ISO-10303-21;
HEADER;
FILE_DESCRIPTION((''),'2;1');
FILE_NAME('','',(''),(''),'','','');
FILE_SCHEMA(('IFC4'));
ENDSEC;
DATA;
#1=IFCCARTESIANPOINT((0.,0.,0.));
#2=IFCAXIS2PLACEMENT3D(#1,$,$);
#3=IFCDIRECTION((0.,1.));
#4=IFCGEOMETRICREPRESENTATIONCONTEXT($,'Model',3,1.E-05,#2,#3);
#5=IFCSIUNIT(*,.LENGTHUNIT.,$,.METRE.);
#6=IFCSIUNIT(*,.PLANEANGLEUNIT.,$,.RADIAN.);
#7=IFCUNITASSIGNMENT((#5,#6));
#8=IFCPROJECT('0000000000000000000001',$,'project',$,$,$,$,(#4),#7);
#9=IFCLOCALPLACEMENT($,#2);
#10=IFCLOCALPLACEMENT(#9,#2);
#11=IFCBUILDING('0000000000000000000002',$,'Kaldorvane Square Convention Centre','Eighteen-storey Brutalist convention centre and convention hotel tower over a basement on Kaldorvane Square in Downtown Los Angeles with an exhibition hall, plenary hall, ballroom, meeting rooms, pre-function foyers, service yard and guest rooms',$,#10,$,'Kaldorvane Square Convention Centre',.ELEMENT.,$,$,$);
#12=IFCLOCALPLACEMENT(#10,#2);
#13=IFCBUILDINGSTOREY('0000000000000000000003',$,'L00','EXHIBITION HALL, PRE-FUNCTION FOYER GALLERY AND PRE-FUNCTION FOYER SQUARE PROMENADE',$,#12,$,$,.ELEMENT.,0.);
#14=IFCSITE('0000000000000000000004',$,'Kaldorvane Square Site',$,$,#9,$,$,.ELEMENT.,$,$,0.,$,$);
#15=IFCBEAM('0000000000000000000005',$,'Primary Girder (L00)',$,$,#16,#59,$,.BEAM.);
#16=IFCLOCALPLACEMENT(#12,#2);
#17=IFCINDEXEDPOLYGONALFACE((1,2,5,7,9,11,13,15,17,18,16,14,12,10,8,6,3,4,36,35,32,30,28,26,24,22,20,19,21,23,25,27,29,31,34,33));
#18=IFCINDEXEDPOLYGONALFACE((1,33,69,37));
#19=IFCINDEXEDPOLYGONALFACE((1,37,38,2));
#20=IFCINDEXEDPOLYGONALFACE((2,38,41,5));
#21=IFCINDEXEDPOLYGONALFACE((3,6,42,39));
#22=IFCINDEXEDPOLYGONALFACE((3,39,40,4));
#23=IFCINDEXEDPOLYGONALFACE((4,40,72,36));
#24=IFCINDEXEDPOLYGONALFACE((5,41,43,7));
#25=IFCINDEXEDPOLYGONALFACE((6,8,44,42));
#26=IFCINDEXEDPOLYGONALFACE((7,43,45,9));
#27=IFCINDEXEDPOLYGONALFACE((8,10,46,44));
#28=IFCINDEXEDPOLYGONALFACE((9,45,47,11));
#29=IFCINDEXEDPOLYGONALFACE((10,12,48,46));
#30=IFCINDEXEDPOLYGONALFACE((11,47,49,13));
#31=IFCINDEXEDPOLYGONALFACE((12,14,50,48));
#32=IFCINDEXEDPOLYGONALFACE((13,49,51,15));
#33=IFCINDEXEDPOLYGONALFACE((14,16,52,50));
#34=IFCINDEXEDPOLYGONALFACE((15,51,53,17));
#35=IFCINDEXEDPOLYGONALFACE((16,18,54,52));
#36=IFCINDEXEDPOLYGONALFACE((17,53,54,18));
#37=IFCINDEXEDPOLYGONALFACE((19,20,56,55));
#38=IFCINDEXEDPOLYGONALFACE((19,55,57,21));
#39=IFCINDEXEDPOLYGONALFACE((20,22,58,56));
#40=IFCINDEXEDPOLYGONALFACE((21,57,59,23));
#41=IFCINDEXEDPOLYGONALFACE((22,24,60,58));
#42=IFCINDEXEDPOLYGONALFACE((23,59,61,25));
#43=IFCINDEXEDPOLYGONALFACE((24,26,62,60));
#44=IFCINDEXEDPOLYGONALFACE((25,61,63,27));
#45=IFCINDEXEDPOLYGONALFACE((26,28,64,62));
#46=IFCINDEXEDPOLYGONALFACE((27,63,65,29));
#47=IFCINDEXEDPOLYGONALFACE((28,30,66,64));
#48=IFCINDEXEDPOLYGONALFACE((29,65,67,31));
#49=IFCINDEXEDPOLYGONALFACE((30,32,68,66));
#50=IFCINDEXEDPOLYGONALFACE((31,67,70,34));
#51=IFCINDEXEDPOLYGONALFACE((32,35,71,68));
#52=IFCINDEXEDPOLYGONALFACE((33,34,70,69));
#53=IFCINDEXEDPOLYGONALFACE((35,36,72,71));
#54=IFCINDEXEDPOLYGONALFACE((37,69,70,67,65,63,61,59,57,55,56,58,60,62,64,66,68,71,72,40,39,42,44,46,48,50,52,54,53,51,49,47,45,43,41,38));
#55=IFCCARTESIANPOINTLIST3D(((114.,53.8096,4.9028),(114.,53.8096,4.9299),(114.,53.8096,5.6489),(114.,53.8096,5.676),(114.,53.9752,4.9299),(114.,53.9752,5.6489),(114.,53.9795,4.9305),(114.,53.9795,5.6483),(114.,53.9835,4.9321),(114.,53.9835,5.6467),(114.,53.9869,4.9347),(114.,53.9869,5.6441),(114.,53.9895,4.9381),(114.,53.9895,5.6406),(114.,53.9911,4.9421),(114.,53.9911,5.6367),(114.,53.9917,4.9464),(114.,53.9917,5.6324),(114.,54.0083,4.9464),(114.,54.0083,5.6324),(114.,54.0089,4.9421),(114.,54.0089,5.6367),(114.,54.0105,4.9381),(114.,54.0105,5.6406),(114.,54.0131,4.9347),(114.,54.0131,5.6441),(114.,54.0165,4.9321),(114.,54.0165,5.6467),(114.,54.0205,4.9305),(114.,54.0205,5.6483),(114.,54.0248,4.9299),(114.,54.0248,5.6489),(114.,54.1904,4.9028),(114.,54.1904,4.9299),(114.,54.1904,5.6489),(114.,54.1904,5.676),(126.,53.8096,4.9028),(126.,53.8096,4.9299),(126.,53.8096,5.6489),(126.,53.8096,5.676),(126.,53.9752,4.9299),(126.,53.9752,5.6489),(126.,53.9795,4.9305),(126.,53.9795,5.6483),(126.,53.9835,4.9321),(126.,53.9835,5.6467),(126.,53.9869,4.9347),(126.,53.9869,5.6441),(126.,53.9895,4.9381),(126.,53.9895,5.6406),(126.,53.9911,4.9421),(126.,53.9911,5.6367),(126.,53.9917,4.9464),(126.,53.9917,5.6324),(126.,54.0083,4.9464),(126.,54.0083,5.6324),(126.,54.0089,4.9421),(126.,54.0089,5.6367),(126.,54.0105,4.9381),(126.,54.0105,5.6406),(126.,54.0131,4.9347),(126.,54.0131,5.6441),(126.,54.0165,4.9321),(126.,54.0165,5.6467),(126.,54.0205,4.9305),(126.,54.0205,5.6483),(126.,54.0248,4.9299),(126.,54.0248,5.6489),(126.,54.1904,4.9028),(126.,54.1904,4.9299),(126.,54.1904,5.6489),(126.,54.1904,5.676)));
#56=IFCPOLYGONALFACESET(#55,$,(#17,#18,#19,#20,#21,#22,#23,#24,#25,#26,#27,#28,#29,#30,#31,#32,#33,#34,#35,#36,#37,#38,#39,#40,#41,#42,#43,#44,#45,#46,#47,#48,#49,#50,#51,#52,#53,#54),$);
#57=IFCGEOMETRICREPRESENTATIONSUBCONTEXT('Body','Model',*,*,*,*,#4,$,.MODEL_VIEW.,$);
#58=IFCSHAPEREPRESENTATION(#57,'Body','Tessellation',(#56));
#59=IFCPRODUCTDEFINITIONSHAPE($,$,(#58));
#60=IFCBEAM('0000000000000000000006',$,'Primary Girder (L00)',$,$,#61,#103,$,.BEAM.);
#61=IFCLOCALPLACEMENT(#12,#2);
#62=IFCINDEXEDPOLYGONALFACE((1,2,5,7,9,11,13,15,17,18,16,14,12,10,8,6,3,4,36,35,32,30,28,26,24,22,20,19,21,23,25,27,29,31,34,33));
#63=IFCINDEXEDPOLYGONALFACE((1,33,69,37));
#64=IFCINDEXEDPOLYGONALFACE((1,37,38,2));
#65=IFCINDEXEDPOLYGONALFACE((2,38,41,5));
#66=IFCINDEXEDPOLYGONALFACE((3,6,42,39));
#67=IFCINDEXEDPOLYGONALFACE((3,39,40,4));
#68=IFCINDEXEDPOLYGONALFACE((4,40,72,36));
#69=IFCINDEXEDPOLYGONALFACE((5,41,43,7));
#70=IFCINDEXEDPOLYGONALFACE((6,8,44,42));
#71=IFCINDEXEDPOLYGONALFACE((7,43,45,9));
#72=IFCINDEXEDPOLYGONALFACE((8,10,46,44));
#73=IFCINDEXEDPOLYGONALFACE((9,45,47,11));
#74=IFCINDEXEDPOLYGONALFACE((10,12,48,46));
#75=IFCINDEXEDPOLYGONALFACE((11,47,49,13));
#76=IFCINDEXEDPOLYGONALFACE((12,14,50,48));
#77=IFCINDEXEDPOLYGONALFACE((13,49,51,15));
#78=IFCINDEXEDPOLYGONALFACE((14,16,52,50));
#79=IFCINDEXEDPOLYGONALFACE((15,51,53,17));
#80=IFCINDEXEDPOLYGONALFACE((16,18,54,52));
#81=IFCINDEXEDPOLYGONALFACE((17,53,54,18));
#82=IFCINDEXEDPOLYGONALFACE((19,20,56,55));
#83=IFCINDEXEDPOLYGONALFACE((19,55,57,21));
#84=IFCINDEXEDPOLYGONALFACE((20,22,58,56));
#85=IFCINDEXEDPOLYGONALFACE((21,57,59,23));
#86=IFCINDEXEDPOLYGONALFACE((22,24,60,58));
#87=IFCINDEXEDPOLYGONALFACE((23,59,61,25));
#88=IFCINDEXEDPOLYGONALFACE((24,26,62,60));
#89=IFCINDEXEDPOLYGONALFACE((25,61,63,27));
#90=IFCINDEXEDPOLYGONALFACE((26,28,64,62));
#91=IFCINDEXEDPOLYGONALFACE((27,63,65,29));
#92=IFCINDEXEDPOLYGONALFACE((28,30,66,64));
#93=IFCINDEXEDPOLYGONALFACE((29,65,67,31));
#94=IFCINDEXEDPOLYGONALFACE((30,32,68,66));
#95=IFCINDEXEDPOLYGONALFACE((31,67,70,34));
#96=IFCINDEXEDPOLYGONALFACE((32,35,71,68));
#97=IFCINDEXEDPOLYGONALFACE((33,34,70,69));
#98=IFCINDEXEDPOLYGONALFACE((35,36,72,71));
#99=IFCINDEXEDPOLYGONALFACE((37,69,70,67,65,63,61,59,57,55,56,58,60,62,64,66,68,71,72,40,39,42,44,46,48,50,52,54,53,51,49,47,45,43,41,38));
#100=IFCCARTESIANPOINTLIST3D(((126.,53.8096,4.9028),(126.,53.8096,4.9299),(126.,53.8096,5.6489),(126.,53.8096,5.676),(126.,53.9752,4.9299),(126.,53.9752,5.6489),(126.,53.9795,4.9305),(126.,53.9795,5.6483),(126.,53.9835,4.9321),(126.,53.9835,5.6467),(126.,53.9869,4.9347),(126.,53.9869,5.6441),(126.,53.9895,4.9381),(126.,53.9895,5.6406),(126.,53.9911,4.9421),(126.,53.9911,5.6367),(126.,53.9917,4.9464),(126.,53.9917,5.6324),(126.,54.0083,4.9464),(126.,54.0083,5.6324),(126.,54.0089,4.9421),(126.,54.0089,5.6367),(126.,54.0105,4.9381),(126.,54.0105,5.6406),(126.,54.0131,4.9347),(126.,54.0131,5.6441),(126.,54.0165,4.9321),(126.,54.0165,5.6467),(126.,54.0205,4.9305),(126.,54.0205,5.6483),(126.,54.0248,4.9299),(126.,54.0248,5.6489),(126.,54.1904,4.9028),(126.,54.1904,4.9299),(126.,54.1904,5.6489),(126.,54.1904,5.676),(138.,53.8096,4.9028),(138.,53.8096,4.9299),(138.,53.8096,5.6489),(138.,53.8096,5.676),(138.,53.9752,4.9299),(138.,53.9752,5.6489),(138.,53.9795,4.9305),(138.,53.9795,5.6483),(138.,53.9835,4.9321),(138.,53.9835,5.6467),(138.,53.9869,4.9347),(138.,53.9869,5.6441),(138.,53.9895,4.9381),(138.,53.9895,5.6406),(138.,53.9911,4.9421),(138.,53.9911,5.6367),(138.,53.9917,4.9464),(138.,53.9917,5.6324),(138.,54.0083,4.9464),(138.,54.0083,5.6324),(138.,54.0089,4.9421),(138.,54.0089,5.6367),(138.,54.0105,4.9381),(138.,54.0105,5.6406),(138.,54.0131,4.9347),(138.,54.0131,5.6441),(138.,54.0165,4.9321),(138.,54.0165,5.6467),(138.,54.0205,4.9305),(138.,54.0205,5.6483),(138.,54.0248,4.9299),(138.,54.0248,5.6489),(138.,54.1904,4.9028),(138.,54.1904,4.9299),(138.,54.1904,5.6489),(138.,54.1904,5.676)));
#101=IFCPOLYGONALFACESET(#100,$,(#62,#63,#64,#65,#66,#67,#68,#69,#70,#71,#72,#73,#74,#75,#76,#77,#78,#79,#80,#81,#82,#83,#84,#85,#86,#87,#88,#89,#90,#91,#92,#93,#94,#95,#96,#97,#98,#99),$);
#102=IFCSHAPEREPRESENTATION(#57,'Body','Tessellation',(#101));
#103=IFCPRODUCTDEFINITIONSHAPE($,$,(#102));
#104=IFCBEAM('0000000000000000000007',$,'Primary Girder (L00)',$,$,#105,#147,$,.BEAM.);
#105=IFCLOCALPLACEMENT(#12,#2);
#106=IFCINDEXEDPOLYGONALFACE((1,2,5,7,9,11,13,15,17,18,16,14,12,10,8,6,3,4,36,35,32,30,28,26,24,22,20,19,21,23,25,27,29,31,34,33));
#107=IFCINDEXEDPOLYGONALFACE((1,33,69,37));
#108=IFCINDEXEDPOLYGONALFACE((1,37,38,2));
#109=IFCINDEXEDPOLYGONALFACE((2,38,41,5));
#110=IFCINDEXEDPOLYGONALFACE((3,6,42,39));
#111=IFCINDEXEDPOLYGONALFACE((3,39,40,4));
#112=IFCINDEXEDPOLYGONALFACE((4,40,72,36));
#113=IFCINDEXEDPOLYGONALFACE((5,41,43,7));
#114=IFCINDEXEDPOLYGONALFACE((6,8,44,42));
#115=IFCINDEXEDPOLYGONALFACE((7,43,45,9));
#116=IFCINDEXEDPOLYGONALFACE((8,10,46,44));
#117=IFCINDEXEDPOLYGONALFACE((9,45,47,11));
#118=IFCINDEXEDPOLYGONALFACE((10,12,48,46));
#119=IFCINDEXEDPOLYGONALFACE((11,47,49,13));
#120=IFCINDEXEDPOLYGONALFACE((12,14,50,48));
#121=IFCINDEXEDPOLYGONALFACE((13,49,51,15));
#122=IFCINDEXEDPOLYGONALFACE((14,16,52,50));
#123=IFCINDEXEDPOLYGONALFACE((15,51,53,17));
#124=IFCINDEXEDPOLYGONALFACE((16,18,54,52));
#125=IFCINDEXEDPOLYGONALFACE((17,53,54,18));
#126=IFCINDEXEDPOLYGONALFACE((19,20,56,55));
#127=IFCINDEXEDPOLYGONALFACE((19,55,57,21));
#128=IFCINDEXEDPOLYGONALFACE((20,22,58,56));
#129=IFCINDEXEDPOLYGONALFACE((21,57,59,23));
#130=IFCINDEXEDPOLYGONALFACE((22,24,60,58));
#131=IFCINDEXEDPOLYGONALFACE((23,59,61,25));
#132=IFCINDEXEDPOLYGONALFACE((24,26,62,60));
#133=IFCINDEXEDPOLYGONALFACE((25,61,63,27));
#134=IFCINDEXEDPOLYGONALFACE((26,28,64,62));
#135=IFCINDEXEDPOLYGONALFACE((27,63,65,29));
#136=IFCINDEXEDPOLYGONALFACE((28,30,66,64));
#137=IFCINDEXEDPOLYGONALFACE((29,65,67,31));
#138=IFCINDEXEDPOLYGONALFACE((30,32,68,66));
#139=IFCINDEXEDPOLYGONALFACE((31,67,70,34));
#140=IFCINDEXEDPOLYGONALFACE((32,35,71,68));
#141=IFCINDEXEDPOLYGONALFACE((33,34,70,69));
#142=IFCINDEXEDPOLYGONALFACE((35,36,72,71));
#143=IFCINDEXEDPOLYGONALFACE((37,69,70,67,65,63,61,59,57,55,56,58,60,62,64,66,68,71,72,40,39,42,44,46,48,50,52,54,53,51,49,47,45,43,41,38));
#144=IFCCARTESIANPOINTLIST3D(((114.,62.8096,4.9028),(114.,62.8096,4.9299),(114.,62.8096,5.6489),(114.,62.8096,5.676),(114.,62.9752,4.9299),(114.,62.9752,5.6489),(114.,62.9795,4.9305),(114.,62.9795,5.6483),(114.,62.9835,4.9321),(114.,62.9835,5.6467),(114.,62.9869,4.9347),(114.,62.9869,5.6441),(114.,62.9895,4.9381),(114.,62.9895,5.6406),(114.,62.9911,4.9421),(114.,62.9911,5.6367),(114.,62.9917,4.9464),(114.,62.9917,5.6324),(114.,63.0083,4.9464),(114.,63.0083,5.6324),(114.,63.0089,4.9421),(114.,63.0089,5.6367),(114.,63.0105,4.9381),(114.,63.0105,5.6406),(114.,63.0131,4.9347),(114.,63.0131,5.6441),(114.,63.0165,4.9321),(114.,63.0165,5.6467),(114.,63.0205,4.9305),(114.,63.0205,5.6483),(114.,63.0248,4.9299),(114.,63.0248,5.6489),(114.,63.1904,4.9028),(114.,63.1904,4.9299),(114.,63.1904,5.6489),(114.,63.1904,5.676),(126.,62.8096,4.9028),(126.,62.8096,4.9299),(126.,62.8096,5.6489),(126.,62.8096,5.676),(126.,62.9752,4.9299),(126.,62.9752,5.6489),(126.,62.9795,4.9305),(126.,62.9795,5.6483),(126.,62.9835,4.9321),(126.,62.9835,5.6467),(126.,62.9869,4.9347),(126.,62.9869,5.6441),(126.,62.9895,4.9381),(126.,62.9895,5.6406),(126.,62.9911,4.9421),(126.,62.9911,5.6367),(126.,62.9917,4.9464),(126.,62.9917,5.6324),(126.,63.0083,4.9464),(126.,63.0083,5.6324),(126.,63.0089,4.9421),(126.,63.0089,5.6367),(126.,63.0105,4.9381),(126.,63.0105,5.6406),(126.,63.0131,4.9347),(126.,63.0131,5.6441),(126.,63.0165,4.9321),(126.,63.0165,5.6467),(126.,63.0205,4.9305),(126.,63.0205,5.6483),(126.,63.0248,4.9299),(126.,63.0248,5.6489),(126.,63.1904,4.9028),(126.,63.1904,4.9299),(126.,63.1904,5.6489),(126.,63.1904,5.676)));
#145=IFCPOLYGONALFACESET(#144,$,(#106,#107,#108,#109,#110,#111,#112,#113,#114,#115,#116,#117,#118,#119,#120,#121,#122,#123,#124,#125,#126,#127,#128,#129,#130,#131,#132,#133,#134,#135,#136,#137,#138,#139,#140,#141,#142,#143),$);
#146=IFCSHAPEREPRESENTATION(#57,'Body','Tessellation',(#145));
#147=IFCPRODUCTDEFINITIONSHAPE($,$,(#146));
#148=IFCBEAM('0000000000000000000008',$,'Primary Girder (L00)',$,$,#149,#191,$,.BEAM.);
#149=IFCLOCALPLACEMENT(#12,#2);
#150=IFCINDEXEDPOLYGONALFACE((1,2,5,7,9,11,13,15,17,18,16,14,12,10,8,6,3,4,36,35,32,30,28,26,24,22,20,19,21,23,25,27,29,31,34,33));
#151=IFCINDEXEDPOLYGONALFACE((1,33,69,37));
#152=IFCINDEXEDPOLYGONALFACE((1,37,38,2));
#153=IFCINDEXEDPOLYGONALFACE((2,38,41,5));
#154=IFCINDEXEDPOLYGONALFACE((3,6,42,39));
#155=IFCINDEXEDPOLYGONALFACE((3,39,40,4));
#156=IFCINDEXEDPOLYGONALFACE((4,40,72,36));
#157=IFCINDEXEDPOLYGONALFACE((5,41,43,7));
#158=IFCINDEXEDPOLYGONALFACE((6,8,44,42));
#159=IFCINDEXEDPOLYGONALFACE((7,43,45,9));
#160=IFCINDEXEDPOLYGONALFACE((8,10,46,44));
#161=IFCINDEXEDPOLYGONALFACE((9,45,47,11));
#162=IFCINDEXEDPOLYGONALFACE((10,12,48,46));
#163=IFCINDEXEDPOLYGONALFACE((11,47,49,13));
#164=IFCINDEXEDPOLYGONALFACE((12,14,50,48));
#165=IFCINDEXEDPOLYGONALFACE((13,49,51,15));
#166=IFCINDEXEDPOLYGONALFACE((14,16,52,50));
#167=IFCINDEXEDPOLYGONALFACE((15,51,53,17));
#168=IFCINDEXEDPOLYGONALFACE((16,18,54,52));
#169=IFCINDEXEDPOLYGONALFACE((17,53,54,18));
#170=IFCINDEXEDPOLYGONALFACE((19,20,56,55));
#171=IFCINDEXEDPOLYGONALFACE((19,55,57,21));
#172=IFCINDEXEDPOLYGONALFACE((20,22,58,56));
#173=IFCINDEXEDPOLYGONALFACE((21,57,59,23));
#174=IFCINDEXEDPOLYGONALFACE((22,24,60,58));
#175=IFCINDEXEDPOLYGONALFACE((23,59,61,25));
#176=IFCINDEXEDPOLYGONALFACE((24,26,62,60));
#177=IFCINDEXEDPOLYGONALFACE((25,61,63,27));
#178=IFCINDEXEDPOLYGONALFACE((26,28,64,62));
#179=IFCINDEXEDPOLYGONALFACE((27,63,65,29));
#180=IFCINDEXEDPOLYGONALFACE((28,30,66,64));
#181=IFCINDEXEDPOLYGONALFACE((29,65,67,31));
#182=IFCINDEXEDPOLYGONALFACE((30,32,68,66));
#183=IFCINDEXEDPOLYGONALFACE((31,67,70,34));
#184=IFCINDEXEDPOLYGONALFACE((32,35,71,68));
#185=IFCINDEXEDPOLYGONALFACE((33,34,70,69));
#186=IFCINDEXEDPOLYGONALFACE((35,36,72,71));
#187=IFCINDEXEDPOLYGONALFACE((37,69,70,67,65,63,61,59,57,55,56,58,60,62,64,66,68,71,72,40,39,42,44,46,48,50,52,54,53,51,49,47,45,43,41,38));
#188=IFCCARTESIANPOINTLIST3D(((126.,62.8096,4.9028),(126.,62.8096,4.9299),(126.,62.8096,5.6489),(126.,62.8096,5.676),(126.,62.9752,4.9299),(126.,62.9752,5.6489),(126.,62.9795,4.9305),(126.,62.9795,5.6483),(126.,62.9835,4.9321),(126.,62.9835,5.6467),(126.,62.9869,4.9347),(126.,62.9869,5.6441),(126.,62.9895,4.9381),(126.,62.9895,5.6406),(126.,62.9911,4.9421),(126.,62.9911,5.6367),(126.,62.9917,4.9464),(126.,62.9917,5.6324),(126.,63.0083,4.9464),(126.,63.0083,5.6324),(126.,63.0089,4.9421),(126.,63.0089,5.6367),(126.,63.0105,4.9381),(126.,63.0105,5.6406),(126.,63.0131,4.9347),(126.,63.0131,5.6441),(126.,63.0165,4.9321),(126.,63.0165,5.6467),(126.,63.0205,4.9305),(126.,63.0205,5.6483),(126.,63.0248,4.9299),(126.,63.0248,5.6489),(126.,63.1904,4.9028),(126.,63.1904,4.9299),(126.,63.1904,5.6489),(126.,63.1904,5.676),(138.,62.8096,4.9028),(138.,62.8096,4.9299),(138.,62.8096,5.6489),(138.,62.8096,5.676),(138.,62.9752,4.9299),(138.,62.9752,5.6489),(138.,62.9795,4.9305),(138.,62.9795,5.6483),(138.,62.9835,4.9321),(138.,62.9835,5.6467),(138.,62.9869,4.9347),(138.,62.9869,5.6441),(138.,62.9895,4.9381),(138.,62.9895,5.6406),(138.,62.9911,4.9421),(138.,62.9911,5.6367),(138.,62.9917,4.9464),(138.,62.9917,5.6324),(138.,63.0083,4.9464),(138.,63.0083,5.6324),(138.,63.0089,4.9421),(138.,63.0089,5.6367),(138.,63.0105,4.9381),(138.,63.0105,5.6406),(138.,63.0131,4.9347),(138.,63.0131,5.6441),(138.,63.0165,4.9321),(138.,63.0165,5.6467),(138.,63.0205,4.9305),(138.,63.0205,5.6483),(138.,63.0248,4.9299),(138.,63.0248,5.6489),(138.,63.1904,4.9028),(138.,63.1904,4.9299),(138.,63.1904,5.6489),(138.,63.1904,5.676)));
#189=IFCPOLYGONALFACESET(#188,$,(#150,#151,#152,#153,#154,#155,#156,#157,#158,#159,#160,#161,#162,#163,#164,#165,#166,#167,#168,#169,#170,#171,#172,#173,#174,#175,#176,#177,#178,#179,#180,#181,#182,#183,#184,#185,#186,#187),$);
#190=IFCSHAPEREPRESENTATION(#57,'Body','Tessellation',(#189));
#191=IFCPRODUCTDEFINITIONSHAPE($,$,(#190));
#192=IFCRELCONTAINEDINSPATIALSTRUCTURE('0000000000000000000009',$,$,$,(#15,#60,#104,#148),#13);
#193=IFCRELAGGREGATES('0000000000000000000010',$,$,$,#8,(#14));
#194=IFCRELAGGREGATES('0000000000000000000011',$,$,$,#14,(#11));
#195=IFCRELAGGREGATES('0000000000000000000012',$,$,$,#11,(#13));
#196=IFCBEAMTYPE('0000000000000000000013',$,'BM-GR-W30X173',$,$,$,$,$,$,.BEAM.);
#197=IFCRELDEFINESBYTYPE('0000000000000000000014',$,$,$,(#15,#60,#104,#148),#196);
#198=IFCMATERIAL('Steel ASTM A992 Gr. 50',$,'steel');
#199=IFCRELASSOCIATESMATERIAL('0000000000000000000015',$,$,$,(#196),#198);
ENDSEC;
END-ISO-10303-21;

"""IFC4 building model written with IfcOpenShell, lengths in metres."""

from ifc_helpers import new_model, si_unit, direction, frame, origin, origin_2d, place, context, subcontext, project, spatial, i_section, extrude, material, material_profile, profile_set, type_object, element, save


model = new_model("IFC4")

# Units and contexts
model_context = context("Model", 3, precision=1e-05, world=origin(), true_north=direction((0.0, 1.0)))
body_context = subcontext(model_context, "Body", "Model", "MODEL_VIEW")
ifc_project = project(units=[si_unit("LENGTHUNIT", "METRE"), si_unit("PLANEANGLEUNIT", "RADIAN")], contexts=[model_context])

# Site, building, storey
site_placement = place(None, origin())
site = spatial("IfcSite", under=ifc_project, at=site_placement, Name="Kaldorvane Square Site", CompositionType="ELEMENT", RefElevation=0.0)
building_placement = place(site_placement, origin())
building = spatial("IfcBuilding", under=site, at=building_placement, Name="Kaldorvane Square Convention Centre", Description="Eighteen-storey Brutalist convention centre and convention hotel tower over a basement on Kaldorvane Square in Downtown Los Angeles with an exhibition hall, plenary hall, ballroom, meeting rooms, pre-function foyers, service yard and guest rooms", LongName="Kaldorvane Square Convention Centre", CompositionType="ELEMENT")
storey_placement = place(building_placement, origin())
storey = spatial("IfcBuildingStorey", under=building, at=storey_placement, Name="L00", Description="EXHIBITION HALL, PRE-FUNCTION FOYER GALLERY AND PRE-FUNCTION FOYER SQUARE PROMENADE", CompositionType="ELEMENT", Elevation=0.0)

# Shared definitions
ifc_material_1 = material(Name="Steel ASTM A992 Gr. 50", Category="steel")

# Beams
ifc_material_profile_1 = material_profile(ifc_material_1, i_section(OverallWidth=0.3807, OverallDepth=0.7732, WebThickness=0.0166, FlangeThickness=0.0271, FilletRadius=0.0165, at=origin_2d()), Name="W30X173")
ifc_profile_set_1 = profile_set([ifc_material_profile_1], Name="Steel ASTM A992 Gr. 50")
beam_type_1 = type_object("IfcBeamType", Name="BM-GR-W30X173", PredefinedType="BEAM", material=ifc_profile_set_1)
for number, where, z_axis, x_axis, name in (
    (1, (114.0, 54.0, 5.2894), (1.0, 0.0, 0.0), (0.0, 1.0, 0.0), "Primary Girder (L00)"),
    (2, (126.0, 54.0, 5.2894), (1.0, 0.0, 0.0), (0.0, 1.0, 0.0), "Primary Girder (L00)"),
    (3, (114.0, 63.0, 5.2894), (1.0, 0.0, 0.0), (0.0, 1.0, 0.0), "Primary Girder (L00)"),
    (4, (126.0, 63.0, 5.2894), (1.0, 0.0, 0.0), (0.0, 1.0, 0.0), "Primary Girder (L00)"),
):
    element("IfcBeam", number, at=place(storey_placement, frame(where, z_axis=z_axis, x_axis=x_axis)), inside=storey, type_object=beam_type_1, Name=name, PredefinedType="BEAM", context=body_context, shape_type="SweptSolid", body=[
        extrude(i_section(OverallWidth=0.3807, OverallDepth=0.7732, WebThickness=0.0166, FlangeThickness=0.0271, FilletRadius=0.0165, at=origin_2d()), origin(), (0.0, 0.0, 1.0), 12.0),
    ])

save(model, "model.ifc")
